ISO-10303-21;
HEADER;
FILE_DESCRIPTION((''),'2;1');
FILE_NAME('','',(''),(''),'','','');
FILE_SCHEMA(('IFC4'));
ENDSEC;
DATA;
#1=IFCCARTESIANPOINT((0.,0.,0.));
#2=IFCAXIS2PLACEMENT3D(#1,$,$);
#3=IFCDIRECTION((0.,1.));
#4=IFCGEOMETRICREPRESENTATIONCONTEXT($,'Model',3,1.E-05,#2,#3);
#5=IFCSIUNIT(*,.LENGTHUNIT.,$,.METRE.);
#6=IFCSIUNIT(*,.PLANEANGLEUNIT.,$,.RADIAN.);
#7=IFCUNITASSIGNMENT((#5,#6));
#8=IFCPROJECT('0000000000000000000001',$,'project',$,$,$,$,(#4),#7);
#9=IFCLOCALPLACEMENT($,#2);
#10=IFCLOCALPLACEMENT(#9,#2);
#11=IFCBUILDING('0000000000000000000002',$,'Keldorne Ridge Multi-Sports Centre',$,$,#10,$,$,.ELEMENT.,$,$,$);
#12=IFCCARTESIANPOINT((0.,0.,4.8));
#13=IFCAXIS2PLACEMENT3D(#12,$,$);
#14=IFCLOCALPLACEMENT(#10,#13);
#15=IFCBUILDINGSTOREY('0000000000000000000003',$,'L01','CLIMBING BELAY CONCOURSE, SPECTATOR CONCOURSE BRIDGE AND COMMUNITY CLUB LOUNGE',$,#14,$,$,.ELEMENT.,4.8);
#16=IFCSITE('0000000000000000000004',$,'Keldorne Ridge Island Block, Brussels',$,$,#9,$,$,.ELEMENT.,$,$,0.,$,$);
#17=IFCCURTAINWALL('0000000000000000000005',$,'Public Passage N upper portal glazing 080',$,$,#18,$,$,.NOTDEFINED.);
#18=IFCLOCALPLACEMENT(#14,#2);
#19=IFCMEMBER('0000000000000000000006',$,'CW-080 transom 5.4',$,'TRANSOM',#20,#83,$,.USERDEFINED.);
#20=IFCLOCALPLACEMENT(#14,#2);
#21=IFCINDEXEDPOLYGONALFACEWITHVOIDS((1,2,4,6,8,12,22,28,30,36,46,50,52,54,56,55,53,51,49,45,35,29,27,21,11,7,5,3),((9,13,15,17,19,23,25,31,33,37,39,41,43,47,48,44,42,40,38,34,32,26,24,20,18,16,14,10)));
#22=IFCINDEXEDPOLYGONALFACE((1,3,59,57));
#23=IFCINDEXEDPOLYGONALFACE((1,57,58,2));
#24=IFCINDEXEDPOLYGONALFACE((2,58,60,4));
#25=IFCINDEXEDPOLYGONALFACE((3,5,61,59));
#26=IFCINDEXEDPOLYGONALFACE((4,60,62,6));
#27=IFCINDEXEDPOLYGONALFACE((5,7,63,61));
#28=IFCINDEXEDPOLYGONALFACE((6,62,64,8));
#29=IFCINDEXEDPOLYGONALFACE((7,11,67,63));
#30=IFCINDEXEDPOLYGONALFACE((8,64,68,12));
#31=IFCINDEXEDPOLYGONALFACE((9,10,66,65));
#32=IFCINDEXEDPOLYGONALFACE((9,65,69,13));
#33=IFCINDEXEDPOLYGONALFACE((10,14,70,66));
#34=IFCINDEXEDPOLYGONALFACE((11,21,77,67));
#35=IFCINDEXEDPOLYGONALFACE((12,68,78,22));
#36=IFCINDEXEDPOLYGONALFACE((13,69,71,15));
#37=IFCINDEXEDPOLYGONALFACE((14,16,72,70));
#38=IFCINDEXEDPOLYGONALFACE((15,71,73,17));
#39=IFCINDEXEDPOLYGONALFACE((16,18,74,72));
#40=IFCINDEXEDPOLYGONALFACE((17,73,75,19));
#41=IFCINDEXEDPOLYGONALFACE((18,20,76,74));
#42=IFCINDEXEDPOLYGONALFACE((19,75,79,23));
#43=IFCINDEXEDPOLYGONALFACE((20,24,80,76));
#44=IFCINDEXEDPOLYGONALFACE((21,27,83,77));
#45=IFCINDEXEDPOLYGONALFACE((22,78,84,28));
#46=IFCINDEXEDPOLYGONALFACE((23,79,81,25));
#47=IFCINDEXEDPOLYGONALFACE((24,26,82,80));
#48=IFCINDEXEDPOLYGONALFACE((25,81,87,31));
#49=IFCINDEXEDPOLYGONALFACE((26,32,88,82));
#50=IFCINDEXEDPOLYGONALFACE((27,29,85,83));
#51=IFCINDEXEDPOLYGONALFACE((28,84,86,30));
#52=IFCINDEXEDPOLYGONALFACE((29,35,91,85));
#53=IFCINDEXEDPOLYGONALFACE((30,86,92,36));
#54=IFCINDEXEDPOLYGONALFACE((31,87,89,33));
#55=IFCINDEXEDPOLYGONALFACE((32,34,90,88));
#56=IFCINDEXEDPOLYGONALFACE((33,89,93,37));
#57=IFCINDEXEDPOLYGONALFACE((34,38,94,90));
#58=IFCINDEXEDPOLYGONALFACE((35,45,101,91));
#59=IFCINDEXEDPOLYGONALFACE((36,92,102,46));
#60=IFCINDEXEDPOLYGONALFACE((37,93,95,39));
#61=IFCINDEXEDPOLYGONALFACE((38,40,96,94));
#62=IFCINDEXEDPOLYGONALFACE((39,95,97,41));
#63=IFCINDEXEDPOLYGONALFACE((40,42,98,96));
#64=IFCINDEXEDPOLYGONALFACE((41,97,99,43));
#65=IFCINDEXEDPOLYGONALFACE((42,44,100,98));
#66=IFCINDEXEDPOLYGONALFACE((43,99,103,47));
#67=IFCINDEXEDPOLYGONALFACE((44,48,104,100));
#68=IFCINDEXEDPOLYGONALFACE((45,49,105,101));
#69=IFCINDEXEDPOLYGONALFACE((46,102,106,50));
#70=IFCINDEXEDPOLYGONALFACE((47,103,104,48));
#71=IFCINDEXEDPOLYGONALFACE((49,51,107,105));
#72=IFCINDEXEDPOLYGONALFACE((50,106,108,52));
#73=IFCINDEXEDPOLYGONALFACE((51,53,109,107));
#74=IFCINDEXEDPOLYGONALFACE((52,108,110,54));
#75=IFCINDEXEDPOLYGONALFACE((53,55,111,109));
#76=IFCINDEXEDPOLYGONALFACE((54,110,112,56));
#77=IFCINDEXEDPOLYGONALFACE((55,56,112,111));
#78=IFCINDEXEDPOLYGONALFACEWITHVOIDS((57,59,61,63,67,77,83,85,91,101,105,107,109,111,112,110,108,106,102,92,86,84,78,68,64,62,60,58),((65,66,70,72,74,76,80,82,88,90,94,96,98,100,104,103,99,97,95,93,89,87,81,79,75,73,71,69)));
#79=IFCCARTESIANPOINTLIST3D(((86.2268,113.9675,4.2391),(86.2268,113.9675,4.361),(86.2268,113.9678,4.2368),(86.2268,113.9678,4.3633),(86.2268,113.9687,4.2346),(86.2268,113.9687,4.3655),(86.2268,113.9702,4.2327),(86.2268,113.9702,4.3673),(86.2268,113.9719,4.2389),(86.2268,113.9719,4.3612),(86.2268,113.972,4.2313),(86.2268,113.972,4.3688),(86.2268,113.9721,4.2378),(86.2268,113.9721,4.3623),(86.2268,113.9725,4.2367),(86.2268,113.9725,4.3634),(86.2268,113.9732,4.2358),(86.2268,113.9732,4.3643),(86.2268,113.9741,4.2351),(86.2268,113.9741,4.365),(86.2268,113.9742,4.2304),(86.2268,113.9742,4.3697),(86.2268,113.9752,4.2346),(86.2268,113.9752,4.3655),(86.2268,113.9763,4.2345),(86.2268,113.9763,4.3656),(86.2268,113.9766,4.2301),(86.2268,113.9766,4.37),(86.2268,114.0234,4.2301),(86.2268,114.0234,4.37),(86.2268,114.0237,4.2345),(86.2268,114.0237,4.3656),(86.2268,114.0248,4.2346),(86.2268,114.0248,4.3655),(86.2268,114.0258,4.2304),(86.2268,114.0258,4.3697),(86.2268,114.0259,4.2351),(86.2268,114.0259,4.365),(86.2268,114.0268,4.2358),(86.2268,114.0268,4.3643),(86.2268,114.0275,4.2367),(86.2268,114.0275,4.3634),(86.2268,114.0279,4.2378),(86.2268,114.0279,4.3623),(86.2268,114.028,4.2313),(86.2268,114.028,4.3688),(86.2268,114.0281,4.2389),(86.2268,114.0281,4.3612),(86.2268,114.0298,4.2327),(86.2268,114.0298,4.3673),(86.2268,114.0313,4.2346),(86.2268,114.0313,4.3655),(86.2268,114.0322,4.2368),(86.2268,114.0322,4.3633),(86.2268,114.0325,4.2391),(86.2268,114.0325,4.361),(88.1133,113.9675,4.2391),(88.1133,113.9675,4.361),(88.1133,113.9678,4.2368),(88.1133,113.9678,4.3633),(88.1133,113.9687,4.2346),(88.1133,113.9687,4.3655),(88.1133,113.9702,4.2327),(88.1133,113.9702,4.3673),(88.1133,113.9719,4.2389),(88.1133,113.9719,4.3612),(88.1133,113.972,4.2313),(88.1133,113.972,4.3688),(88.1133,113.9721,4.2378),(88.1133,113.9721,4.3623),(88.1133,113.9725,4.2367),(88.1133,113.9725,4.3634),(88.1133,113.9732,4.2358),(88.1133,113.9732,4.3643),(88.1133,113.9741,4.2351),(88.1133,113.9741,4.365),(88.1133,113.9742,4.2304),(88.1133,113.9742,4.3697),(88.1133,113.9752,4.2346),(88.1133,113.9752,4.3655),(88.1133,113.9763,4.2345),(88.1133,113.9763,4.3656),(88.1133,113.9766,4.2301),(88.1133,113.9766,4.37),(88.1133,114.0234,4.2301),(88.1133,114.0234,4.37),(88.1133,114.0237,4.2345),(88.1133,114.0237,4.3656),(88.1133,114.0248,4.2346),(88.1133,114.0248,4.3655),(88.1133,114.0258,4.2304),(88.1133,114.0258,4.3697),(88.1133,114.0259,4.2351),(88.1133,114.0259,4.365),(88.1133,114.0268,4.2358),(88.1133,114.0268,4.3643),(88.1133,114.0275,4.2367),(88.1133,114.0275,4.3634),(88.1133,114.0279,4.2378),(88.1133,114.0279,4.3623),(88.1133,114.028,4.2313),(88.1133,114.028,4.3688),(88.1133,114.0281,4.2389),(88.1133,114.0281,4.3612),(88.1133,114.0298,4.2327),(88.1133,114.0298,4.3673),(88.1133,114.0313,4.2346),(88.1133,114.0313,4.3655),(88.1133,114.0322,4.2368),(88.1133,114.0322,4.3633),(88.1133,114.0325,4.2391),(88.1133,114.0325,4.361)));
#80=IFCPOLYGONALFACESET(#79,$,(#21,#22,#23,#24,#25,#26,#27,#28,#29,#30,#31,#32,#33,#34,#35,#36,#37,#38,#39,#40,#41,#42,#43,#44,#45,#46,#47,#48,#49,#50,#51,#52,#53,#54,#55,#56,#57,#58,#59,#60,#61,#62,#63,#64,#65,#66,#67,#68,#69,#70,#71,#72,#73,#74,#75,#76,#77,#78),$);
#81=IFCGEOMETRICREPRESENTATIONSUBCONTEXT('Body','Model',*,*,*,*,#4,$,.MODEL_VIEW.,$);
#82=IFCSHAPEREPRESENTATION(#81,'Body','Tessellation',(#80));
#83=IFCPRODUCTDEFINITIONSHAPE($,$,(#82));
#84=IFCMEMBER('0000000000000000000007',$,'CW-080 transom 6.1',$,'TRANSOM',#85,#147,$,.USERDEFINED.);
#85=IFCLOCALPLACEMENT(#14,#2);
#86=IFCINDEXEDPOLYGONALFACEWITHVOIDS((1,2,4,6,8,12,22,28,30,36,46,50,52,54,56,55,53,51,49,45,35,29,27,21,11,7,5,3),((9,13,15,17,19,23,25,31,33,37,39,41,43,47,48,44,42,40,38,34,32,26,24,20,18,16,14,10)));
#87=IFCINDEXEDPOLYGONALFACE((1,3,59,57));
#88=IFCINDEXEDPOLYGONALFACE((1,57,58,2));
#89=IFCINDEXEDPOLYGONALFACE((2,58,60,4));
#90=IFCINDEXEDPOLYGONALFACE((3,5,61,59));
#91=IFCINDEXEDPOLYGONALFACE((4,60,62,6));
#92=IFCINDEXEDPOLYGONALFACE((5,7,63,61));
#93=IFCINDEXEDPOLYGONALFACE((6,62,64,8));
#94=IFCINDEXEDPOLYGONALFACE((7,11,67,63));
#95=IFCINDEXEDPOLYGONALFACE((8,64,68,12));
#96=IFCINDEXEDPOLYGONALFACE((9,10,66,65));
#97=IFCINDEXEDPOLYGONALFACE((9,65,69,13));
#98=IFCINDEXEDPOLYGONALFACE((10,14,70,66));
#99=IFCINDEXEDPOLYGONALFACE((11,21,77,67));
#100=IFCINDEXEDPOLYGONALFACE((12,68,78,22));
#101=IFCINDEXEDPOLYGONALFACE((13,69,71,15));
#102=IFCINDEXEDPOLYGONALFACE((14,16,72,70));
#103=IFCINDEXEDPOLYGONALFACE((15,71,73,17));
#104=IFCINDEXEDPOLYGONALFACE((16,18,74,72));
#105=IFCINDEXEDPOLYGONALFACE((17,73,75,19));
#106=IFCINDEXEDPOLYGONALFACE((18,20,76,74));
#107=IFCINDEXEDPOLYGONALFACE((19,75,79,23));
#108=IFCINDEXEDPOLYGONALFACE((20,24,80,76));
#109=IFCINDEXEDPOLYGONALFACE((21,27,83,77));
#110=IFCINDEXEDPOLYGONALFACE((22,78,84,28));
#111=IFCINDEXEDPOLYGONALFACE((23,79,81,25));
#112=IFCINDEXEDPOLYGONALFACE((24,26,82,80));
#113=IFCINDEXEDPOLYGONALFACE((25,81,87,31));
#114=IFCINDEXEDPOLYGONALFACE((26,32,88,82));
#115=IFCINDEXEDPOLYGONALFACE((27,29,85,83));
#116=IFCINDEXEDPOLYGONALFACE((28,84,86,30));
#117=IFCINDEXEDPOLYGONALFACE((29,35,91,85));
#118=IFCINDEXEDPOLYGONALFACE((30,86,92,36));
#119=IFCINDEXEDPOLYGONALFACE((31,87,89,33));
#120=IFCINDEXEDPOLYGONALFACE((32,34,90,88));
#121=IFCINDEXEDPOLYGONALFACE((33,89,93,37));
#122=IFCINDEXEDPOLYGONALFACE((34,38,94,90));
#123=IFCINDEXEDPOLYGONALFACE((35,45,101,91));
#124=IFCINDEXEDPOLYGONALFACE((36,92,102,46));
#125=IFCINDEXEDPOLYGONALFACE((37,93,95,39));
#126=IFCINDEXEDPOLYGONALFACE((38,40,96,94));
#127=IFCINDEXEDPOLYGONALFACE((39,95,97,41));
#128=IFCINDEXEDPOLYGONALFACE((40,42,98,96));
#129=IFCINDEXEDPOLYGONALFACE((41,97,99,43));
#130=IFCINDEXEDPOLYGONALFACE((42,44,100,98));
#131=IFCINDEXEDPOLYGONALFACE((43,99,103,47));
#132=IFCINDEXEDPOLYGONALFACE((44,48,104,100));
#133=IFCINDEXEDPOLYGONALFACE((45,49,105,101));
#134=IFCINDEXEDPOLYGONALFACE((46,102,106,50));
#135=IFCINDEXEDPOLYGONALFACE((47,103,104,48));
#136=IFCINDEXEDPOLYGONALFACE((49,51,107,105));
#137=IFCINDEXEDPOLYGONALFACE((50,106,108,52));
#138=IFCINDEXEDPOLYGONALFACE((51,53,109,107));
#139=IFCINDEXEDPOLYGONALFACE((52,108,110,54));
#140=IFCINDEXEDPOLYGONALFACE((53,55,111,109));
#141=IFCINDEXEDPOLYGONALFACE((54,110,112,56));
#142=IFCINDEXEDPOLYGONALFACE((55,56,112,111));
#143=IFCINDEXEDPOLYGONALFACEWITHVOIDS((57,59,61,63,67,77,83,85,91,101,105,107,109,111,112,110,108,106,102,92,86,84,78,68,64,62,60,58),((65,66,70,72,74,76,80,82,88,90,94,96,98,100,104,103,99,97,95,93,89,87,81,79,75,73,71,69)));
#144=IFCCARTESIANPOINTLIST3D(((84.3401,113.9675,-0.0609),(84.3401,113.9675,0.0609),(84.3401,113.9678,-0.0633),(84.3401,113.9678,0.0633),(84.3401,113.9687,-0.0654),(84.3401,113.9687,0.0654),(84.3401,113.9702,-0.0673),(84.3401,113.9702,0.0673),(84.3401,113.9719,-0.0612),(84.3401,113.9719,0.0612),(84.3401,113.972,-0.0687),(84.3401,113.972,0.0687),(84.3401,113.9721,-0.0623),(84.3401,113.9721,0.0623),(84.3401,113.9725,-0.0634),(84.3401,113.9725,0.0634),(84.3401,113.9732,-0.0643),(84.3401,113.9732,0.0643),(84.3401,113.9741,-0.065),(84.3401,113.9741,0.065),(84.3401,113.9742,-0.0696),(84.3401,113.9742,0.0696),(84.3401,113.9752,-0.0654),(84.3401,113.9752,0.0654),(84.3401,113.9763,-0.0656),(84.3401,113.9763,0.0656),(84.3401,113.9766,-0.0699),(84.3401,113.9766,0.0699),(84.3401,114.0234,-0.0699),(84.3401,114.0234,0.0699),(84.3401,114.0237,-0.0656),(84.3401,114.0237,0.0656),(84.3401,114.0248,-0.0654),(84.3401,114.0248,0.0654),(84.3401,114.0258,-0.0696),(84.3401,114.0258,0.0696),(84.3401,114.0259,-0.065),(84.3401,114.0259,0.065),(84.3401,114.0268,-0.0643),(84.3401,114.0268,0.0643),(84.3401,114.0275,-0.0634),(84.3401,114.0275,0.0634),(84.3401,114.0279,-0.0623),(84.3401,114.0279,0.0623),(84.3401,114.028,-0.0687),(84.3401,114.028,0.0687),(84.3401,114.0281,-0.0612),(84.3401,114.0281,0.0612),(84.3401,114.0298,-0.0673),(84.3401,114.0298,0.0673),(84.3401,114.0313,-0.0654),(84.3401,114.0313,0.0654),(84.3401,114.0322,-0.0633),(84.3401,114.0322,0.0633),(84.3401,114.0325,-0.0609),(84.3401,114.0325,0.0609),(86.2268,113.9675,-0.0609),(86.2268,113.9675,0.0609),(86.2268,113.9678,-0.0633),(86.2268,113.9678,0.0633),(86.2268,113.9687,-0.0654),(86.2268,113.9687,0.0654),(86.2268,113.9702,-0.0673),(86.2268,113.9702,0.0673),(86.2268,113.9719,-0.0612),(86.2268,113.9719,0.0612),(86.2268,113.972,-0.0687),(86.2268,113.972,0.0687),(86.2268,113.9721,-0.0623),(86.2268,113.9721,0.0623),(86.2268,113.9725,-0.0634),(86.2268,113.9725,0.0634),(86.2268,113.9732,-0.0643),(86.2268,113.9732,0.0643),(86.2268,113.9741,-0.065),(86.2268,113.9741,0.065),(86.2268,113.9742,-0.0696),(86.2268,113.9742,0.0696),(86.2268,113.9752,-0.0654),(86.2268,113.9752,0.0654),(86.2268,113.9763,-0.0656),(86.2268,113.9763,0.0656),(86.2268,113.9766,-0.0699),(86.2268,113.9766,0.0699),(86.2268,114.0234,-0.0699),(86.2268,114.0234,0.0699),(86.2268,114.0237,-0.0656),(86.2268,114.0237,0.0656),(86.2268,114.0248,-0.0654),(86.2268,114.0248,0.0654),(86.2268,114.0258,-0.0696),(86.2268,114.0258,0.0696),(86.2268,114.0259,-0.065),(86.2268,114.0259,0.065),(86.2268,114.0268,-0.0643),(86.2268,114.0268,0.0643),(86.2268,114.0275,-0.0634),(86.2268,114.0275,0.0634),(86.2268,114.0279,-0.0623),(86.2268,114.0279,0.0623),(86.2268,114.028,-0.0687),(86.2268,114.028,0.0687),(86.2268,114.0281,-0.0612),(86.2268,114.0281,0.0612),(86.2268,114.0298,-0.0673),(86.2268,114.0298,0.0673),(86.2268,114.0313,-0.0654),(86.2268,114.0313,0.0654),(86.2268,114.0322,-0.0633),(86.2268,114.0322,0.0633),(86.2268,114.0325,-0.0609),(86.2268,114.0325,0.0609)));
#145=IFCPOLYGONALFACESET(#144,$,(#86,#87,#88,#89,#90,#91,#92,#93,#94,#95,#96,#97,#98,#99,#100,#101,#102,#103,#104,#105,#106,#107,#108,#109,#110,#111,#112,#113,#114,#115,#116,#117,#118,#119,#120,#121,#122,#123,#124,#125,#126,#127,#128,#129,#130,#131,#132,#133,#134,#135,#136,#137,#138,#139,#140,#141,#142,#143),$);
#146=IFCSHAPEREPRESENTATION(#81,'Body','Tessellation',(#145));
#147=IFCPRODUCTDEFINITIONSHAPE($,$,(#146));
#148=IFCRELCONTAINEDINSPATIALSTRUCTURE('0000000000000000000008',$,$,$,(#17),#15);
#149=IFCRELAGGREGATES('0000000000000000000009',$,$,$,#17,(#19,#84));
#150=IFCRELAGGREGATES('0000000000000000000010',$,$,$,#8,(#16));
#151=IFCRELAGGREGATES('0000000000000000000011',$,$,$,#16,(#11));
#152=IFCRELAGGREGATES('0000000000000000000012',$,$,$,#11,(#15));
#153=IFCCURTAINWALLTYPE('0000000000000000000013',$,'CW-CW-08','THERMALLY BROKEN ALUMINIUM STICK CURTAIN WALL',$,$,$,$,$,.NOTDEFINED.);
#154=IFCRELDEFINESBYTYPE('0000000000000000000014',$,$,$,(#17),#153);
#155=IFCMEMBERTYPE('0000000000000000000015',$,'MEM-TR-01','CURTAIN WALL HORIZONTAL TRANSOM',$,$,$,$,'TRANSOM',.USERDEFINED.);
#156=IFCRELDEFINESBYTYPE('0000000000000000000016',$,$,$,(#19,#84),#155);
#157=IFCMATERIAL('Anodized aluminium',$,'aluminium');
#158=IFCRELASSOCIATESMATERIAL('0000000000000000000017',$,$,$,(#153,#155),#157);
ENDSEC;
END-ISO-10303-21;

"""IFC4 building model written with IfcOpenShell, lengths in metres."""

from ifc_helpers import new_model, si_unit, direction, frame, origin, origin_2d, place, context, subcontext, project, spatial, hollow_rectangle, extrude, material, material_profile, profile_set, type_object, element, aggregate, save


model = new_model("IFC4")

# Units and contexts
model_context = context("Model", 3, precision=1e-05, world=origin(), true_north=direction((0.0, 1.0)))
body_context = subcontext(model_context, "Body", "Model", "MODEL_VIEW")
ifc_project = project(units=[si_unit("LENGTHUNIT", "METRE"), si_unit("PLANEANGLEUNIT", "RADIAN")], contexts=[model_context])

# Site, building, storey
site_placement = place(None, origin())
site = spatial("IfcSite", under=ifc_project, at=site_placement, Name="Keldorne Ridge Island Block, Brussels", CompositionType="ELEMENT", RefElevation=0.0)
building_placement = place(site_placement, origin())
building = spatial("IfcBuilding", under=site, at=building_placement, Name="Keldorne Ridge Multi-Sports Centre", CompositionType="ELEMENT")
storey_placement = place(building_placement, frame((0.0, 0.0, 4.8)))
storey = spatial("IfcBuildingStorey", under=building, at=storey_placement, Name="L01", Description="CLIMBING BELAY CONCOURSE, SPECTATOR CONCOURSE BRIDGE AND COMMUNITY CLUB LOUNGE", CompositionType="ELEMENT", Elevation=4.8)

# Curtain wall, members
ifc_material_1 = material(Name="Anodized aluminium", Category="aluminium")
curtain_wall_type = type_object("IfcCurtainWallType", Name="CW-CW-08", Description="THERMALLY BROKEN ALUMINIUM STICK CURTAIN WALL", PredefinedType="NOTDEFINED", material=ifc_material_1)
curtain_wall_placement = place(storey_placement, origin())
curtain_wall = element("IfcCurtainWall", 1, at=curtain_wall_placement, inside=storey, type_object=curtain_wall_type, Name="Public Passage N upper portal glazing 080", PredefinedType="NOTDEFINED")
ifc_material_profile_1 = material_profile(ifc_material_1, hollow_rectangle(XDim=0.0649, YDim=0.1399, WallThickness=0.0044, InnerFilletRadius=0.0044, OuterFilletRadius=0.009, at=origin_2d()), Name="ALU TRANSOM 140x65x4.5")
ifc_profile_set_1 = profile_set([ifc_material_profile_1], Name="Anodized aluminium")
member_type_1 = type_object("IfcMemberType", Name="MEM-TR-01", Description="CURTAIN WALL HORIZONTAL TRANSOM", ElementType="TRANSOM", PredefinedType="USERDEFINED", material=ifc_profile_set_1)
member_1_placement = place(storey_placement, frame((88.1133, 114.0, 4.3), z_axis=(-1.0, 0.0, 0.0), x_axis=(0.0, -1.0, 0.0)))
member_1 = element("IfcMember", 2, at=member_1_placement, type_object=member_type_1, Name="CW-080 transom 5.4", ObjectType="TRANSOM", PredefinedType="USERDEFINED", context=body_context, shape_type="SweptSolid", body=[
    extrude(hollow_rectangle(XDim=0.0649, YDim=0.1399, WallThickness=0.0044, InnerFilletRadius=0.0044, OuterFilletRadius=0.009, at=origin_2d()), origin(), (0.0, 0.0, 1.0), 1.8865),
])
member_2_placement = place(storey_placement, frame((86.2268, 114.0, 0.0), z_axis=(-1.0, 0.0, 0.0), x_axis=(0.0, -1.0, 0.0)))
member_2 = element("IfcMember", 3, at=member_2_placement, type_object=member_type_1, Name="CW-080 transom 6.1", ObjectType="TRANSOM", PredefinedType="USERDEFINED", context=body_context, shape_type="SweptSolid", body=[
    extrude(hollow_rectangle(XDim=0.0649, YDim=0.1399, WallThickness=0.0044, InnerFilletRadius=0.0044, OuterFilletRadius=0.009, at=origin_2d()), origin(), (0.0, 0.0, 1.0), 1.8867),
])
aggregate(curtain_wall, [member_1, member_2])

save(model, "model.ifc")
